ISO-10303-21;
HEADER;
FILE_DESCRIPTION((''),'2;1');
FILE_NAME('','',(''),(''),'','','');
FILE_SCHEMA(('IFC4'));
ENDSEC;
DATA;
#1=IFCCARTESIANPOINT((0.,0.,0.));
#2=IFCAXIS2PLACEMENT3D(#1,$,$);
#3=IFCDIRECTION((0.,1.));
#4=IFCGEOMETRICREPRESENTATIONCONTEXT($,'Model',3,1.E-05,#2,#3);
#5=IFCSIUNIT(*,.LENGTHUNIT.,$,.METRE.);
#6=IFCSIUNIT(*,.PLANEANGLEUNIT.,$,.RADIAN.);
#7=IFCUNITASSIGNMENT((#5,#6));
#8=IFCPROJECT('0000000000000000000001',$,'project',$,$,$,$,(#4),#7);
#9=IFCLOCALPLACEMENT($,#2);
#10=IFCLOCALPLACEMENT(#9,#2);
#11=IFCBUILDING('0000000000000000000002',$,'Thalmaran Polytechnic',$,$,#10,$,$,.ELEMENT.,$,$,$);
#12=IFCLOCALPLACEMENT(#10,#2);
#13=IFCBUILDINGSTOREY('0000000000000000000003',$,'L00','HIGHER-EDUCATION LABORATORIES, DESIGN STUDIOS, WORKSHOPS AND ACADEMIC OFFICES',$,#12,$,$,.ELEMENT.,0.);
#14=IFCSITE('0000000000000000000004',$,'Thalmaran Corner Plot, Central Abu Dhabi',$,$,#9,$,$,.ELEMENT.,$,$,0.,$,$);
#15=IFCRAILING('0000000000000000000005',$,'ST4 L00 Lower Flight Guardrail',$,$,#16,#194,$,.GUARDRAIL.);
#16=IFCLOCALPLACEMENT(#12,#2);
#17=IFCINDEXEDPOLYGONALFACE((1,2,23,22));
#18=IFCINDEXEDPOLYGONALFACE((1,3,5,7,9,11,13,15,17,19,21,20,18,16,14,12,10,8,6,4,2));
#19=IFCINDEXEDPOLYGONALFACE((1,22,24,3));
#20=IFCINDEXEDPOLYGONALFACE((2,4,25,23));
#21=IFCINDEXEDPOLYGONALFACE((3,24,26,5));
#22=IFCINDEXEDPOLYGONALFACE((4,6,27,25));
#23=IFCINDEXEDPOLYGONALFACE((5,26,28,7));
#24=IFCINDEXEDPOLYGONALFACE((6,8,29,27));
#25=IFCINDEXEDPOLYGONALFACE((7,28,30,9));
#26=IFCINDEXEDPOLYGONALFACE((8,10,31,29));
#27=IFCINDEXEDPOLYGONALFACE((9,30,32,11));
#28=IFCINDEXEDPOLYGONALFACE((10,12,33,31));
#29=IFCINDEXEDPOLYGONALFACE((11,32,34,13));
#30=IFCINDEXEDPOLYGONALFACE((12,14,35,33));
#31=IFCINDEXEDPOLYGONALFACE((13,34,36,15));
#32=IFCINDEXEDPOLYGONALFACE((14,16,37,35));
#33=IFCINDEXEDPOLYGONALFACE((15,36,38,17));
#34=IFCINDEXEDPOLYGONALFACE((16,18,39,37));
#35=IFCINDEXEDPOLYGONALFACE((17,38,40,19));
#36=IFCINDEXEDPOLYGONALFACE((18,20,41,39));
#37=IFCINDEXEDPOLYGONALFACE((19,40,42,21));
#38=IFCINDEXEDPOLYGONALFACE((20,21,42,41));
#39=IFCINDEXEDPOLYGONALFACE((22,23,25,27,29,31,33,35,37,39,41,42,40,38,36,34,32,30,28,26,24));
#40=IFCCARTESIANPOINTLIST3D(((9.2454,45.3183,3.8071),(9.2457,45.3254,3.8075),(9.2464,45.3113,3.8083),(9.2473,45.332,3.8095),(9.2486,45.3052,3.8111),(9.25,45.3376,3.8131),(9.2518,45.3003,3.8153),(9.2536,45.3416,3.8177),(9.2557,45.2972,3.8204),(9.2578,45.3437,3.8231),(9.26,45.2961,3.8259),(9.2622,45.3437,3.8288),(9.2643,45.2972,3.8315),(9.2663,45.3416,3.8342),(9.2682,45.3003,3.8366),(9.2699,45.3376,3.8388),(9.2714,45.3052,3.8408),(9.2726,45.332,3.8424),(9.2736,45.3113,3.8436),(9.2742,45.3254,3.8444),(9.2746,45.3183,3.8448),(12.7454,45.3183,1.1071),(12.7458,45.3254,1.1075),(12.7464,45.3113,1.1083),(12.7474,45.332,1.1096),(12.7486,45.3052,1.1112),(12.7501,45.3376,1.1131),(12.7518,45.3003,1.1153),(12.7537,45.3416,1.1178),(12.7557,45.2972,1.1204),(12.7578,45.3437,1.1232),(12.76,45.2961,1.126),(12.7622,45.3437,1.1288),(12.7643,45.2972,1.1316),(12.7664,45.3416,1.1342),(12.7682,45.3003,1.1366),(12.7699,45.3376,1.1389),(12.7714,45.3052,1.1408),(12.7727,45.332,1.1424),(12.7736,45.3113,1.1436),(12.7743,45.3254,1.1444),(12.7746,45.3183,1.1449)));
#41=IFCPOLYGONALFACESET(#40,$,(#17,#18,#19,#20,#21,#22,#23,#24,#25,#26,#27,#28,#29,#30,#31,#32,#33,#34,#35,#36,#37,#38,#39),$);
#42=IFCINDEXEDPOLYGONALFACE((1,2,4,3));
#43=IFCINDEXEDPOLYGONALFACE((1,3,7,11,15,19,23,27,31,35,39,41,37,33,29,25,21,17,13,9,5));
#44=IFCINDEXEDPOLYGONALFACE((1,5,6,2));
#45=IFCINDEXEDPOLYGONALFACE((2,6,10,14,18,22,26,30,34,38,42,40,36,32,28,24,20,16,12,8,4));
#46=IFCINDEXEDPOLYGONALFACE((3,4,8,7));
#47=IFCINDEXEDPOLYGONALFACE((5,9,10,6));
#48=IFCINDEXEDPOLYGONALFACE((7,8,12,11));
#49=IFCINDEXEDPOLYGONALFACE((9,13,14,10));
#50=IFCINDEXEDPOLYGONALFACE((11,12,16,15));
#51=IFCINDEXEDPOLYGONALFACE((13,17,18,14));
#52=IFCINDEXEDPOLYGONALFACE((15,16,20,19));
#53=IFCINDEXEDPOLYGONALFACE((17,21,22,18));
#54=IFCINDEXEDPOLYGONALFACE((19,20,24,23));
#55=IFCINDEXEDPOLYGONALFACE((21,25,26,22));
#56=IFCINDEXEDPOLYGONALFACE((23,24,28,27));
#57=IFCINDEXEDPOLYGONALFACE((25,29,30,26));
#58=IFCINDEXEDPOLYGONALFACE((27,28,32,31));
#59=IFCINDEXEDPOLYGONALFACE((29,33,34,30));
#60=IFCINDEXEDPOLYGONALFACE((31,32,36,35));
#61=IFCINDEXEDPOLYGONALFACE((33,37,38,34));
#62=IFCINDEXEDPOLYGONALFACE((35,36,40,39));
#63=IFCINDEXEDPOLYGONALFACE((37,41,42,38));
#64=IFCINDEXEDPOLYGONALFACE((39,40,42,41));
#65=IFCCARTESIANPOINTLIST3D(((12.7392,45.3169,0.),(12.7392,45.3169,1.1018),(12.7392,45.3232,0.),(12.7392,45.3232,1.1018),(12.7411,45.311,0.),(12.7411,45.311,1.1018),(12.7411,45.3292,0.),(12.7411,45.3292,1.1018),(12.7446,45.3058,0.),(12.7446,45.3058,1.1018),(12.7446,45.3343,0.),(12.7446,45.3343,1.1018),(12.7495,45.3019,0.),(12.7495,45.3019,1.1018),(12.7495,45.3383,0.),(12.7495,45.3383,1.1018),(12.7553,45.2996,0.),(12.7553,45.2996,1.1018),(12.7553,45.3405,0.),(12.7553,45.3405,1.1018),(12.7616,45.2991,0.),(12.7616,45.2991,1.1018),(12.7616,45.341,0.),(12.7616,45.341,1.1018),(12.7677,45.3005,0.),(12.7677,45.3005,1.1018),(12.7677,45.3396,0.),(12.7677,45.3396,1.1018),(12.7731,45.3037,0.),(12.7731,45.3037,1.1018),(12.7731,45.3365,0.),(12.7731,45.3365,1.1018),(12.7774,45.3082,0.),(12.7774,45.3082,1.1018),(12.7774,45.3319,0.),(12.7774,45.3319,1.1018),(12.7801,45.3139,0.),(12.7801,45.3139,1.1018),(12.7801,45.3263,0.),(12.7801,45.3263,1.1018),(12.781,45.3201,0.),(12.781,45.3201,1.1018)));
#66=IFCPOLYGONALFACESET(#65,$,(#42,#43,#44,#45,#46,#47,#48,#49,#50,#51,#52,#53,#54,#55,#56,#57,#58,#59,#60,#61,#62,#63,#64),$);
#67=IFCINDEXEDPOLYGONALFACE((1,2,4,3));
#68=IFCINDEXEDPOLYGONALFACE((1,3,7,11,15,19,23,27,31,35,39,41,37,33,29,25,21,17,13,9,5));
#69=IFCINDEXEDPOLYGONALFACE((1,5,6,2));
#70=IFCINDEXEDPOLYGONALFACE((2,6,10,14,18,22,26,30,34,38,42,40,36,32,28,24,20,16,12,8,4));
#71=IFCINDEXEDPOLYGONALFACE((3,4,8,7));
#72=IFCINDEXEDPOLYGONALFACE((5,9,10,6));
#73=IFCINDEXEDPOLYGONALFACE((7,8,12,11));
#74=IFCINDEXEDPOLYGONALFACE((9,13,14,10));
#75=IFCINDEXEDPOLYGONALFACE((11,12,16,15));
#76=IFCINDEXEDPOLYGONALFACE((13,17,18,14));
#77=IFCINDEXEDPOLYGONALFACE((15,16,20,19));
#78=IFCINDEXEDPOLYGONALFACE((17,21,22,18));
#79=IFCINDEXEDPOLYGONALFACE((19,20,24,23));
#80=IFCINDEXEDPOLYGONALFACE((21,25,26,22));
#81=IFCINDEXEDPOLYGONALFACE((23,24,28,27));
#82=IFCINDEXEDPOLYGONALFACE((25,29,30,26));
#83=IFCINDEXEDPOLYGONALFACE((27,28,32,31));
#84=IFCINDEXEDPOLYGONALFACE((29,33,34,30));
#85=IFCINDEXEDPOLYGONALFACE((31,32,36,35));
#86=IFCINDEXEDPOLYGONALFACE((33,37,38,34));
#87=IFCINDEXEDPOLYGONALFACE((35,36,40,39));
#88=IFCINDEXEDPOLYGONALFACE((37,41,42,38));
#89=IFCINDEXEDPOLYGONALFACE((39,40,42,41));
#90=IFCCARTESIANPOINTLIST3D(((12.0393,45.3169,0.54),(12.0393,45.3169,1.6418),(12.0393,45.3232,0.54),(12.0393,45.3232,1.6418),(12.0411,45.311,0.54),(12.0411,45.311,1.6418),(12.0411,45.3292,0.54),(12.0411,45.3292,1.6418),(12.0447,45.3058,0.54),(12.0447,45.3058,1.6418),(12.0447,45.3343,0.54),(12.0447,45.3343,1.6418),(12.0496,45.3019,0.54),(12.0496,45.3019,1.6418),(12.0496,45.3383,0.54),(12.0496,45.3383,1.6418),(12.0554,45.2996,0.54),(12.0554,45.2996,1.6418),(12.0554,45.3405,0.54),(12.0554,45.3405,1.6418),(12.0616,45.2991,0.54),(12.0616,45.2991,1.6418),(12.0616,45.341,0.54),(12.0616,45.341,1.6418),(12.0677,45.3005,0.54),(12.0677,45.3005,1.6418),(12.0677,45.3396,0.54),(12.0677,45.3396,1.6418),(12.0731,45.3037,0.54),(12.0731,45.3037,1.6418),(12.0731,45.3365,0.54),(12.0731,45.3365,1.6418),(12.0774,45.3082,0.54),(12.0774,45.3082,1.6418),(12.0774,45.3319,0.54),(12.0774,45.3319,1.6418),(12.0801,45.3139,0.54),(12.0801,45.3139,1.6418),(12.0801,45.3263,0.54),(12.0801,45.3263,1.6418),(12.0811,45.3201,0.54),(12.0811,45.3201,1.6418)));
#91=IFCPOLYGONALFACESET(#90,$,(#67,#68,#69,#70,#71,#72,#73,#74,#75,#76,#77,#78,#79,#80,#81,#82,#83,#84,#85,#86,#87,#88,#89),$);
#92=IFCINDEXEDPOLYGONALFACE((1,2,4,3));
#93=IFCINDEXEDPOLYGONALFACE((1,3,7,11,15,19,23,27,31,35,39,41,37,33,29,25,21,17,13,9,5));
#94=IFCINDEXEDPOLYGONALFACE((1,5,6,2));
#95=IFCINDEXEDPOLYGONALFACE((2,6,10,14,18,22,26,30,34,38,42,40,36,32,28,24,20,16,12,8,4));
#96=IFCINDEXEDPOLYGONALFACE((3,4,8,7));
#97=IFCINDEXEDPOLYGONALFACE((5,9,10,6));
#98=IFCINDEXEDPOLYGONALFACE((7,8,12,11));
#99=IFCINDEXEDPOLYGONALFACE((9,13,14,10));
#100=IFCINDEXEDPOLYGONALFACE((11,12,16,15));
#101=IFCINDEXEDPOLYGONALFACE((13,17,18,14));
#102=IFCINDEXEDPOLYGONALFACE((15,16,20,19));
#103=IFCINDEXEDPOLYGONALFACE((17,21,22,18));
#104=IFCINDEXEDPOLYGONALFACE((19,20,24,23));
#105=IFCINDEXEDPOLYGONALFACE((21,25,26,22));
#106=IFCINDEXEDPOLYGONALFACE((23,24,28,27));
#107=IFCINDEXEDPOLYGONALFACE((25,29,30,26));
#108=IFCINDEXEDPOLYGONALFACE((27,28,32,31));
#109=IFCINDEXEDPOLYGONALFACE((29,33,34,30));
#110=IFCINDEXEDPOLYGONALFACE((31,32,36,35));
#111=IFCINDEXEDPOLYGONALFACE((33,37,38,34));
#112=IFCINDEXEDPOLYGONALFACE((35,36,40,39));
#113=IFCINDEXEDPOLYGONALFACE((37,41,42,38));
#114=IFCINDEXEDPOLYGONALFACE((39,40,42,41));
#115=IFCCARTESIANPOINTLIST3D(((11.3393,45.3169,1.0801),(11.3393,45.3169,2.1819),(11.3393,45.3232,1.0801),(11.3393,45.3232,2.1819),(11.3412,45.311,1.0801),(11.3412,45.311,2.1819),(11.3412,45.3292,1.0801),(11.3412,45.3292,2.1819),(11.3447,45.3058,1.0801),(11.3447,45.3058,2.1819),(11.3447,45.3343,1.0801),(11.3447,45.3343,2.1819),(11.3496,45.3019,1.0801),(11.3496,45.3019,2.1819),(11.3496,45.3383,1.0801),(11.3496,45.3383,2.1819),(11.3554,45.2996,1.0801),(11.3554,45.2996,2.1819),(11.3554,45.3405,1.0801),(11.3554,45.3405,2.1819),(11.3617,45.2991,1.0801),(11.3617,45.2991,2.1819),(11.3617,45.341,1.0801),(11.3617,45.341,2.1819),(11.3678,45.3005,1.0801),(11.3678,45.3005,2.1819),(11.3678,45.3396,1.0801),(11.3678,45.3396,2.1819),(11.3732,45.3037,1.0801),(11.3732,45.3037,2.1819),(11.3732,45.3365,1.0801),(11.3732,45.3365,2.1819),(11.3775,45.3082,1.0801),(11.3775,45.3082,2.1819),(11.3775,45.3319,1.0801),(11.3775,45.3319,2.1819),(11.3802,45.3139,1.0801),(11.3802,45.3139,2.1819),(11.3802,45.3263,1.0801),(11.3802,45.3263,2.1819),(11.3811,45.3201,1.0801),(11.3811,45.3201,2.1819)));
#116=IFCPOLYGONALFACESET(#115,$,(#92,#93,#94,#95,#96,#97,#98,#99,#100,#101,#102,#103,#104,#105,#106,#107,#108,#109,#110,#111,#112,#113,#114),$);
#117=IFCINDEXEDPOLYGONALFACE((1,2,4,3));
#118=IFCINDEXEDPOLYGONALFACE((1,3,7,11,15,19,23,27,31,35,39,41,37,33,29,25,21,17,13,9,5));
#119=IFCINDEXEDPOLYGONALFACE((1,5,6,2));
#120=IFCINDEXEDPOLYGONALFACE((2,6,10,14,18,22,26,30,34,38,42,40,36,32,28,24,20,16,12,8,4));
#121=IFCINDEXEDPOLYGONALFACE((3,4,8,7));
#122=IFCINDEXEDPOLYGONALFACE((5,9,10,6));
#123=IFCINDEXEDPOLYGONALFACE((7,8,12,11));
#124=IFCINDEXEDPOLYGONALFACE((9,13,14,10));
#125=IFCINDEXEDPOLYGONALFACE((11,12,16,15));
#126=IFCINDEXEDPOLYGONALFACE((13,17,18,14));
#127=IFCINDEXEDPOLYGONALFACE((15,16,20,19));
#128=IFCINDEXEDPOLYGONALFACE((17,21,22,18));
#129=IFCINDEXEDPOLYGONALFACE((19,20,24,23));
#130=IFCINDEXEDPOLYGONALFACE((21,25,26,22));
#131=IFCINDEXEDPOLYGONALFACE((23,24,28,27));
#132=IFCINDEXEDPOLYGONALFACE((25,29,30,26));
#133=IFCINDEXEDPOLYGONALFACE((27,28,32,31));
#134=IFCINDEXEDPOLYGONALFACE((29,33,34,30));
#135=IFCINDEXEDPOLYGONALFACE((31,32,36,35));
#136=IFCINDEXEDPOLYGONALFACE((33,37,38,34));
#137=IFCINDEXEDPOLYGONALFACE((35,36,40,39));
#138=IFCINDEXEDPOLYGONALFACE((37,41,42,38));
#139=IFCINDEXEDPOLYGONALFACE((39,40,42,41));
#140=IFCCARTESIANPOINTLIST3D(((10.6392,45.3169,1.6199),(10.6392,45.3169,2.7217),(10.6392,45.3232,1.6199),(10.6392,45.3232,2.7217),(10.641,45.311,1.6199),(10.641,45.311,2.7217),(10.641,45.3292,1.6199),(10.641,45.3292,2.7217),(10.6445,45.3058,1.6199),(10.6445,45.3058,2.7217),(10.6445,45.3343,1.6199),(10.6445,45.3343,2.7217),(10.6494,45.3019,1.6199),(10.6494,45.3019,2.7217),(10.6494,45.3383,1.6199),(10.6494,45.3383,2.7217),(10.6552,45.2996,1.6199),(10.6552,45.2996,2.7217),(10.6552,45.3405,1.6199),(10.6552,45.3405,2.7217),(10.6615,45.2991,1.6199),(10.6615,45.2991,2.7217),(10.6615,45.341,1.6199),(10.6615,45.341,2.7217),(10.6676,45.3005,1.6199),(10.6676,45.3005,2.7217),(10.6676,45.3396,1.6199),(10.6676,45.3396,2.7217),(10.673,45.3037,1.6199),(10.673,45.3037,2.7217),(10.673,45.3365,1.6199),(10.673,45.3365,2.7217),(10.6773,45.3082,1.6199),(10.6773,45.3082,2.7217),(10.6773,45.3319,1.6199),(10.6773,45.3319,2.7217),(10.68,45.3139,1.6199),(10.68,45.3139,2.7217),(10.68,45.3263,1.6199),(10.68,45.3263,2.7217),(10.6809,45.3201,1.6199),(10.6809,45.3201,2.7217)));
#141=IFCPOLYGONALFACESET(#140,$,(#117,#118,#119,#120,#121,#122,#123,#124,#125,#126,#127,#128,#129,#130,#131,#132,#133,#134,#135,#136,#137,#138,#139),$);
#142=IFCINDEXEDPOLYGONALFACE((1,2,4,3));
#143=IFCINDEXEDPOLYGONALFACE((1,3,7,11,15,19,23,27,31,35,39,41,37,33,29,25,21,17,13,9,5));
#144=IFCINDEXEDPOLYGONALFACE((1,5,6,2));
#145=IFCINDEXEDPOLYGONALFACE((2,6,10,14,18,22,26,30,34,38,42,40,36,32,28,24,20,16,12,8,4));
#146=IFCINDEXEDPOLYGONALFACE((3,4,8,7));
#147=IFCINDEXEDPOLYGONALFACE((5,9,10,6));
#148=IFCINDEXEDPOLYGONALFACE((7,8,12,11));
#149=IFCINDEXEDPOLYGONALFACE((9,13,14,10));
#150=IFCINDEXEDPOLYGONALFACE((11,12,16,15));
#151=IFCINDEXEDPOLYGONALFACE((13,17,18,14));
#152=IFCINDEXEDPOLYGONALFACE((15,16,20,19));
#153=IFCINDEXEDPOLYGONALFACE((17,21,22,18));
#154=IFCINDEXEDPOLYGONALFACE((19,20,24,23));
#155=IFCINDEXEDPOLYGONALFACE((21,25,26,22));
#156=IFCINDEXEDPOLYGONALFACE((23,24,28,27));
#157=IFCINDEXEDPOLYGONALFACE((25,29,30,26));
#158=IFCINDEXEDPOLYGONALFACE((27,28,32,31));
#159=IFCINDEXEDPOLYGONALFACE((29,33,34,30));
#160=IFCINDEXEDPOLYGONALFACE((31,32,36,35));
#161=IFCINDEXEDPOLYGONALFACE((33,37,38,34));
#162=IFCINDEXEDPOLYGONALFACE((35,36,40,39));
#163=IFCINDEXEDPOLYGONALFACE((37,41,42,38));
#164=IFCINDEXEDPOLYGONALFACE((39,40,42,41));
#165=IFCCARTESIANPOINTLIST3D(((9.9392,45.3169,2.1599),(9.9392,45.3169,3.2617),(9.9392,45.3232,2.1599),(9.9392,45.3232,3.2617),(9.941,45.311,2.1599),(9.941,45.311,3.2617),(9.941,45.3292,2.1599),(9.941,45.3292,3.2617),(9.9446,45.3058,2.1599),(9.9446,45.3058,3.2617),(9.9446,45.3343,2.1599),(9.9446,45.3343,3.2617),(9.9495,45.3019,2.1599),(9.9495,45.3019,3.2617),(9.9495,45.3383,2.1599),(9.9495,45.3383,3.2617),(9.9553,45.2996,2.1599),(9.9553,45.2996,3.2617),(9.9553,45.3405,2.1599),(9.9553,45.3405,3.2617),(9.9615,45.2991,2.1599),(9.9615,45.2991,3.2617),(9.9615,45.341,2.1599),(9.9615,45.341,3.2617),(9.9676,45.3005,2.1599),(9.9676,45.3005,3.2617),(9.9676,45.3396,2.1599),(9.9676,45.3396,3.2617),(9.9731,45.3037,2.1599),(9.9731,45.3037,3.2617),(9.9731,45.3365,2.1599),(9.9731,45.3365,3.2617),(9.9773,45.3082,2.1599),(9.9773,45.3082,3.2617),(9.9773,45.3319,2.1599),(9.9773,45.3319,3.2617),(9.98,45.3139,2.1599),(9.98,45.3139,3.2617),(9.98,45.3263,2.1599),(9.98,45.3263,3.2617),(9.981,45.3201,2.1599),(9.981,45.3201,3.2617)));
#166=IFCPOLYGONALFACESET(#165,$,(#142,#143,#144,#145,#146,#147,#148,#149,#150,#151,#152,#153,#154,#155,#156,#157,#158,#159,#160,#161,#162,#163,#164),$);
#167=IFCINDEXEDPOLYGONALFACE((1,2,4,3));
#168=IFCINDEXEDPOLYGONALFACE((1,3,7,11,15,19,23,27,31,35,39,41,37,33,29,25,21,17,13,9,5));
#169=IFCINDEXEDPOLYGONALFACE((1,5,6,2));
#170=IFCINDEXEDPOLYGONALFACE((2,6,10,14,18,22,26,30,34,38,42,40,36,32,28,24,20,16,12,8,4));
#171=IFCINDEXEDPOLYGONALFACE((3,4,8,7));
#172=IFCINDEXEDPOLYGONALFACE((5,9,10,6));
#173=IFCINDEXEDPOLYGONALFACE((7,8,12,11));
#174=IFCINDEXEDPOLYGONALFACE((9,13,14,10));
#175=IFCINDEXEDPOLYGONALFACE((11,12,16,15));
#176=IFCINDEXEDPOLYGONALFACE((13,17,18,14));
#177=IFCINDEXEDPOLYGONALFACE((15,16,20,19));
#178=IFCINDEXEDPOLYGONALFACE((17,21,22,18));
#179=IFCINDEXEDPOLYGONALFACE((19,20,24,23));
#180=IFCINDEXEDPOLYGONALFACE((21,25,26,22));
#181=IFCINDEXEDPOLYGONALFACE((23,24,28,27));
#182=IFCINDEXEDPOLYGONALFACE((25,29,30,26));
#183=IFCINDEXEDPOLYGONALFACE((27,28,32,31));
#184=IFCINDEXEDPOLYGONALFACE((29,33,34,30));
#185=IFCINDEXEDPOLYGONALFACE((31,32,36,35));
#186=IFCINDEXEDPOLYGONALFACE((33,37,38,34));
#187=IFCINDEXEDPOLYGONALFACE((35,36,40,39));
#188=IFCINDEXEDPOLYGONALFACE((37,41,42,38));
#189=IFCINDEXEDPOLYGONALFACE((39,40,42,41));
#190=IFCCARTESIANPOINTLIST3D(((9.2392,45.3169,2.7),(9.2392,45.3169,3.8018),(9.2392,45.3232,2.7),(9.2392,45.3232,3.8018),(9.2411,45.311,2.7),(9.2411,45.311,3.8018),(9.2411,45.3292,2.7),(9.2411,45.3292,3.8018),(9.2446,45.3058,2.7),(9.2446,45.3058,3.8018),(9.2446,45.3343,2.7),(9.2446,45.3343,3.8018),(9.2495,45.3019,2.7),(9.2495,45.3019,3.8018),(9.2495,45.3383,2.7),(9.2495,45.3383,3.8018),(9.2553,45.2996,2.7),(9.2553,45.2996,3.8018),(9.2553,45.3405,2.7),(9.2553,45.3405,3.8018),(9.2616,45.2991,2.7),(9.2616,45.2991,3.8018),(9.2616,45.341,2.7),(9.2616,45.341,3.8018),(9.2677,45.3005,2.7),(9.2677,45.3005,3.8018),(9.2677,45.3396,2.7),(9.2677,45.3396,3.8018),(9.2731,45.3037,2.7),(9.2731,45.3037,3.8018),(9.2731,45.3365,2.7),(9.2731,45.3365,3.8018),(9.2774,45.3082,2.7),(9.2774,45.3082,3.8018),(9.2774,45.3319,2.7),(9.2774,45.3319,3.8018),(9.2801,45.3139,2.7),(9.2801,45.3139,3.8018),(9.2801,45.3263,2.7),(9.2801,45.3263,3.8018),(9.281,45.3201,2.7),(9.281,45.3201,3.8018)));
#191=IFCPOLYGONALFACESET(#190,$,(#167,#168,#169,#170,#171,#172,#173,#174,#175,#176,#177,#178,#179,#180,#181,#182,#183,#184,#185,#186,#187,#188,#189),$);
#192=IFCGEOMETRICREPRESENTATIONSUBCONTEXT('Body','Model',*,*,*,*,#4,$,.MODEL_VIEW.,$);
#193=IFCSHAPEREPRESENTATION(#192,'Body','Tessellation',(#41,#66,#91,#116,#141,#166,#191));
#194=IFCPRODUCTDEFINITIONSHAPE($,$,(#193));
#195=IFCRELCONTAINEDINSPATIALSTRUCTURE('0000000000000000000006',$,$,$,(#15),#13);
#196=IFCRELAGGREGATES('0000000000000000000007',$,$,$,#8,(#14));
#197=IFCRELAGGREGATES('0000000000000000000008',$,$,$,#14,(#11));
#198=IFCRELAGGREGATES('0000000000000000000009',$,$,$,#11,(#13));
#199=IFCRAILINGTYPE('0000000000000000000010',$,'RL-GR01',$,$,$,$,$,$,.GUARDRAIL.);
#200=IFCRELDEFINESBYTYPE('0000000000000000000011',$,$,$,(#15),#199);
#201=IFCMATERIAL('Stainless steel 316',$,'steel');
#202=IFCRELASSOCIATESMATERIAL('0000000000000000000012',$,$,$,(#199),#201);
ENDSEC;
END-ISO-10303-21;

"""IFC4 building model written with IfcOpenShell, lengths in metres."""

from ifc_helpers import new_model, si_unit, direction, frame, origin, origin_2d, place, context, subcontext, project, spatial, circle, extrude, material, type_object, element, save


model = new_model("IFC4")

# Units and contexts
model_context = context("Model", 3, precision=1e-05, world=origin(), true_north=direction((0.0, 1.0)))
body_context = subcontext(model_context, "Body", "Model", "MODEL_VIEW")
ifc_project = project(units=[si_unit("LENGTHUNIT", "METRE"), si_unit("PLANEANGLEUNIT", "RADIAN")], contexts=[model_context])

# Site, building, storey
site_placement = place(None, origin())
site = spatial("IfcSite", under=ifc_project, at=site_placement, Name="Thalmaran Corner Plot, Central Abu Dhabi", CompositionType="ELEMENT", RefElevation=0.0)
building_placement = place(site_placement, origin())
building = spatial("IfcBuilding", under=site, at=building_placement, Name="Thalmaran Polytechnic", CompositionType="ELEMENT")
storey_placement = place(building_placement, origin())
storey = spatial("IfcBuildingStorey", under=building, at=storey_placement, Name="L00", Description="HIGHER-EDUCATION LABORATORIES, DESIGN STUDIOS, WORKSHOPS AND ACADEMIC OFFICES", CompositionType="ELEMENT", Elevation=0.0)

# Railing
ifc_material_1 = material(Name="Stainless steel 316", Category="steel")
railing_type_1 = type_object("IfcRailingType", Name="RL-GR01", PredefinedType="GUARDRAIL", material=ifc_material_1)
railing_1_placement = place(storey_placement, frame((12.76, 45.3201, 0.0)))
element("IfcRailing", 1, at=railing_1_placement, inside=storey, type_object=railing_type_1, Name="ST4 L00 Lower Flight Guardrail", PredefinedType="GUARDRAIL", context=body_context, shape_type="SweptSolid", body=[
    extrude(circle(Radius=0.0239, at=origin_2d()), frame((0.0, 0.0, 1.126), z_axis=(-0.791788, 0.0, 0.610797), x_axis=(0.0, -1.0, 0.0)), (0.0, 0.0, 1.0), 4.4204),
    extrude(circle(Radius=0.021, at=origin_2d()), origin(), (0.0, 0.0, 1.0), 1.1018),
    extrude(circle(Radius=0.021, at=origin_2d()), frame((-0.7, 0.0, 0.54)), (0.0, 0.0, 1.0), 1.1018),
    extrude(circle(Radius=0.021, at=origin_2d()), frame((-1.3999, 0.0, 1.0801)), (0.0, 0.0, 1.0), 1.1018),
    extrude(circle(Radius=0.021, at=origin_2d()), frame((-2.1001, 0.0, 1.6199)), (0.0, 0.0, 1.0), 1.1018),
    extrude(circle(Radius=0.021, at=origin_2d()), frame((-2.8, 0.0, 2.1599)), (0.0, 0.0, 1.0), 1.1018),
    extrude(circle(Radius=0.021, at=origin_2d()), frame((-3.5, 0.0, 2.7)), (0.0, 0.0, 1.0), 1.1018),
])

save(model, "model.ifc")
